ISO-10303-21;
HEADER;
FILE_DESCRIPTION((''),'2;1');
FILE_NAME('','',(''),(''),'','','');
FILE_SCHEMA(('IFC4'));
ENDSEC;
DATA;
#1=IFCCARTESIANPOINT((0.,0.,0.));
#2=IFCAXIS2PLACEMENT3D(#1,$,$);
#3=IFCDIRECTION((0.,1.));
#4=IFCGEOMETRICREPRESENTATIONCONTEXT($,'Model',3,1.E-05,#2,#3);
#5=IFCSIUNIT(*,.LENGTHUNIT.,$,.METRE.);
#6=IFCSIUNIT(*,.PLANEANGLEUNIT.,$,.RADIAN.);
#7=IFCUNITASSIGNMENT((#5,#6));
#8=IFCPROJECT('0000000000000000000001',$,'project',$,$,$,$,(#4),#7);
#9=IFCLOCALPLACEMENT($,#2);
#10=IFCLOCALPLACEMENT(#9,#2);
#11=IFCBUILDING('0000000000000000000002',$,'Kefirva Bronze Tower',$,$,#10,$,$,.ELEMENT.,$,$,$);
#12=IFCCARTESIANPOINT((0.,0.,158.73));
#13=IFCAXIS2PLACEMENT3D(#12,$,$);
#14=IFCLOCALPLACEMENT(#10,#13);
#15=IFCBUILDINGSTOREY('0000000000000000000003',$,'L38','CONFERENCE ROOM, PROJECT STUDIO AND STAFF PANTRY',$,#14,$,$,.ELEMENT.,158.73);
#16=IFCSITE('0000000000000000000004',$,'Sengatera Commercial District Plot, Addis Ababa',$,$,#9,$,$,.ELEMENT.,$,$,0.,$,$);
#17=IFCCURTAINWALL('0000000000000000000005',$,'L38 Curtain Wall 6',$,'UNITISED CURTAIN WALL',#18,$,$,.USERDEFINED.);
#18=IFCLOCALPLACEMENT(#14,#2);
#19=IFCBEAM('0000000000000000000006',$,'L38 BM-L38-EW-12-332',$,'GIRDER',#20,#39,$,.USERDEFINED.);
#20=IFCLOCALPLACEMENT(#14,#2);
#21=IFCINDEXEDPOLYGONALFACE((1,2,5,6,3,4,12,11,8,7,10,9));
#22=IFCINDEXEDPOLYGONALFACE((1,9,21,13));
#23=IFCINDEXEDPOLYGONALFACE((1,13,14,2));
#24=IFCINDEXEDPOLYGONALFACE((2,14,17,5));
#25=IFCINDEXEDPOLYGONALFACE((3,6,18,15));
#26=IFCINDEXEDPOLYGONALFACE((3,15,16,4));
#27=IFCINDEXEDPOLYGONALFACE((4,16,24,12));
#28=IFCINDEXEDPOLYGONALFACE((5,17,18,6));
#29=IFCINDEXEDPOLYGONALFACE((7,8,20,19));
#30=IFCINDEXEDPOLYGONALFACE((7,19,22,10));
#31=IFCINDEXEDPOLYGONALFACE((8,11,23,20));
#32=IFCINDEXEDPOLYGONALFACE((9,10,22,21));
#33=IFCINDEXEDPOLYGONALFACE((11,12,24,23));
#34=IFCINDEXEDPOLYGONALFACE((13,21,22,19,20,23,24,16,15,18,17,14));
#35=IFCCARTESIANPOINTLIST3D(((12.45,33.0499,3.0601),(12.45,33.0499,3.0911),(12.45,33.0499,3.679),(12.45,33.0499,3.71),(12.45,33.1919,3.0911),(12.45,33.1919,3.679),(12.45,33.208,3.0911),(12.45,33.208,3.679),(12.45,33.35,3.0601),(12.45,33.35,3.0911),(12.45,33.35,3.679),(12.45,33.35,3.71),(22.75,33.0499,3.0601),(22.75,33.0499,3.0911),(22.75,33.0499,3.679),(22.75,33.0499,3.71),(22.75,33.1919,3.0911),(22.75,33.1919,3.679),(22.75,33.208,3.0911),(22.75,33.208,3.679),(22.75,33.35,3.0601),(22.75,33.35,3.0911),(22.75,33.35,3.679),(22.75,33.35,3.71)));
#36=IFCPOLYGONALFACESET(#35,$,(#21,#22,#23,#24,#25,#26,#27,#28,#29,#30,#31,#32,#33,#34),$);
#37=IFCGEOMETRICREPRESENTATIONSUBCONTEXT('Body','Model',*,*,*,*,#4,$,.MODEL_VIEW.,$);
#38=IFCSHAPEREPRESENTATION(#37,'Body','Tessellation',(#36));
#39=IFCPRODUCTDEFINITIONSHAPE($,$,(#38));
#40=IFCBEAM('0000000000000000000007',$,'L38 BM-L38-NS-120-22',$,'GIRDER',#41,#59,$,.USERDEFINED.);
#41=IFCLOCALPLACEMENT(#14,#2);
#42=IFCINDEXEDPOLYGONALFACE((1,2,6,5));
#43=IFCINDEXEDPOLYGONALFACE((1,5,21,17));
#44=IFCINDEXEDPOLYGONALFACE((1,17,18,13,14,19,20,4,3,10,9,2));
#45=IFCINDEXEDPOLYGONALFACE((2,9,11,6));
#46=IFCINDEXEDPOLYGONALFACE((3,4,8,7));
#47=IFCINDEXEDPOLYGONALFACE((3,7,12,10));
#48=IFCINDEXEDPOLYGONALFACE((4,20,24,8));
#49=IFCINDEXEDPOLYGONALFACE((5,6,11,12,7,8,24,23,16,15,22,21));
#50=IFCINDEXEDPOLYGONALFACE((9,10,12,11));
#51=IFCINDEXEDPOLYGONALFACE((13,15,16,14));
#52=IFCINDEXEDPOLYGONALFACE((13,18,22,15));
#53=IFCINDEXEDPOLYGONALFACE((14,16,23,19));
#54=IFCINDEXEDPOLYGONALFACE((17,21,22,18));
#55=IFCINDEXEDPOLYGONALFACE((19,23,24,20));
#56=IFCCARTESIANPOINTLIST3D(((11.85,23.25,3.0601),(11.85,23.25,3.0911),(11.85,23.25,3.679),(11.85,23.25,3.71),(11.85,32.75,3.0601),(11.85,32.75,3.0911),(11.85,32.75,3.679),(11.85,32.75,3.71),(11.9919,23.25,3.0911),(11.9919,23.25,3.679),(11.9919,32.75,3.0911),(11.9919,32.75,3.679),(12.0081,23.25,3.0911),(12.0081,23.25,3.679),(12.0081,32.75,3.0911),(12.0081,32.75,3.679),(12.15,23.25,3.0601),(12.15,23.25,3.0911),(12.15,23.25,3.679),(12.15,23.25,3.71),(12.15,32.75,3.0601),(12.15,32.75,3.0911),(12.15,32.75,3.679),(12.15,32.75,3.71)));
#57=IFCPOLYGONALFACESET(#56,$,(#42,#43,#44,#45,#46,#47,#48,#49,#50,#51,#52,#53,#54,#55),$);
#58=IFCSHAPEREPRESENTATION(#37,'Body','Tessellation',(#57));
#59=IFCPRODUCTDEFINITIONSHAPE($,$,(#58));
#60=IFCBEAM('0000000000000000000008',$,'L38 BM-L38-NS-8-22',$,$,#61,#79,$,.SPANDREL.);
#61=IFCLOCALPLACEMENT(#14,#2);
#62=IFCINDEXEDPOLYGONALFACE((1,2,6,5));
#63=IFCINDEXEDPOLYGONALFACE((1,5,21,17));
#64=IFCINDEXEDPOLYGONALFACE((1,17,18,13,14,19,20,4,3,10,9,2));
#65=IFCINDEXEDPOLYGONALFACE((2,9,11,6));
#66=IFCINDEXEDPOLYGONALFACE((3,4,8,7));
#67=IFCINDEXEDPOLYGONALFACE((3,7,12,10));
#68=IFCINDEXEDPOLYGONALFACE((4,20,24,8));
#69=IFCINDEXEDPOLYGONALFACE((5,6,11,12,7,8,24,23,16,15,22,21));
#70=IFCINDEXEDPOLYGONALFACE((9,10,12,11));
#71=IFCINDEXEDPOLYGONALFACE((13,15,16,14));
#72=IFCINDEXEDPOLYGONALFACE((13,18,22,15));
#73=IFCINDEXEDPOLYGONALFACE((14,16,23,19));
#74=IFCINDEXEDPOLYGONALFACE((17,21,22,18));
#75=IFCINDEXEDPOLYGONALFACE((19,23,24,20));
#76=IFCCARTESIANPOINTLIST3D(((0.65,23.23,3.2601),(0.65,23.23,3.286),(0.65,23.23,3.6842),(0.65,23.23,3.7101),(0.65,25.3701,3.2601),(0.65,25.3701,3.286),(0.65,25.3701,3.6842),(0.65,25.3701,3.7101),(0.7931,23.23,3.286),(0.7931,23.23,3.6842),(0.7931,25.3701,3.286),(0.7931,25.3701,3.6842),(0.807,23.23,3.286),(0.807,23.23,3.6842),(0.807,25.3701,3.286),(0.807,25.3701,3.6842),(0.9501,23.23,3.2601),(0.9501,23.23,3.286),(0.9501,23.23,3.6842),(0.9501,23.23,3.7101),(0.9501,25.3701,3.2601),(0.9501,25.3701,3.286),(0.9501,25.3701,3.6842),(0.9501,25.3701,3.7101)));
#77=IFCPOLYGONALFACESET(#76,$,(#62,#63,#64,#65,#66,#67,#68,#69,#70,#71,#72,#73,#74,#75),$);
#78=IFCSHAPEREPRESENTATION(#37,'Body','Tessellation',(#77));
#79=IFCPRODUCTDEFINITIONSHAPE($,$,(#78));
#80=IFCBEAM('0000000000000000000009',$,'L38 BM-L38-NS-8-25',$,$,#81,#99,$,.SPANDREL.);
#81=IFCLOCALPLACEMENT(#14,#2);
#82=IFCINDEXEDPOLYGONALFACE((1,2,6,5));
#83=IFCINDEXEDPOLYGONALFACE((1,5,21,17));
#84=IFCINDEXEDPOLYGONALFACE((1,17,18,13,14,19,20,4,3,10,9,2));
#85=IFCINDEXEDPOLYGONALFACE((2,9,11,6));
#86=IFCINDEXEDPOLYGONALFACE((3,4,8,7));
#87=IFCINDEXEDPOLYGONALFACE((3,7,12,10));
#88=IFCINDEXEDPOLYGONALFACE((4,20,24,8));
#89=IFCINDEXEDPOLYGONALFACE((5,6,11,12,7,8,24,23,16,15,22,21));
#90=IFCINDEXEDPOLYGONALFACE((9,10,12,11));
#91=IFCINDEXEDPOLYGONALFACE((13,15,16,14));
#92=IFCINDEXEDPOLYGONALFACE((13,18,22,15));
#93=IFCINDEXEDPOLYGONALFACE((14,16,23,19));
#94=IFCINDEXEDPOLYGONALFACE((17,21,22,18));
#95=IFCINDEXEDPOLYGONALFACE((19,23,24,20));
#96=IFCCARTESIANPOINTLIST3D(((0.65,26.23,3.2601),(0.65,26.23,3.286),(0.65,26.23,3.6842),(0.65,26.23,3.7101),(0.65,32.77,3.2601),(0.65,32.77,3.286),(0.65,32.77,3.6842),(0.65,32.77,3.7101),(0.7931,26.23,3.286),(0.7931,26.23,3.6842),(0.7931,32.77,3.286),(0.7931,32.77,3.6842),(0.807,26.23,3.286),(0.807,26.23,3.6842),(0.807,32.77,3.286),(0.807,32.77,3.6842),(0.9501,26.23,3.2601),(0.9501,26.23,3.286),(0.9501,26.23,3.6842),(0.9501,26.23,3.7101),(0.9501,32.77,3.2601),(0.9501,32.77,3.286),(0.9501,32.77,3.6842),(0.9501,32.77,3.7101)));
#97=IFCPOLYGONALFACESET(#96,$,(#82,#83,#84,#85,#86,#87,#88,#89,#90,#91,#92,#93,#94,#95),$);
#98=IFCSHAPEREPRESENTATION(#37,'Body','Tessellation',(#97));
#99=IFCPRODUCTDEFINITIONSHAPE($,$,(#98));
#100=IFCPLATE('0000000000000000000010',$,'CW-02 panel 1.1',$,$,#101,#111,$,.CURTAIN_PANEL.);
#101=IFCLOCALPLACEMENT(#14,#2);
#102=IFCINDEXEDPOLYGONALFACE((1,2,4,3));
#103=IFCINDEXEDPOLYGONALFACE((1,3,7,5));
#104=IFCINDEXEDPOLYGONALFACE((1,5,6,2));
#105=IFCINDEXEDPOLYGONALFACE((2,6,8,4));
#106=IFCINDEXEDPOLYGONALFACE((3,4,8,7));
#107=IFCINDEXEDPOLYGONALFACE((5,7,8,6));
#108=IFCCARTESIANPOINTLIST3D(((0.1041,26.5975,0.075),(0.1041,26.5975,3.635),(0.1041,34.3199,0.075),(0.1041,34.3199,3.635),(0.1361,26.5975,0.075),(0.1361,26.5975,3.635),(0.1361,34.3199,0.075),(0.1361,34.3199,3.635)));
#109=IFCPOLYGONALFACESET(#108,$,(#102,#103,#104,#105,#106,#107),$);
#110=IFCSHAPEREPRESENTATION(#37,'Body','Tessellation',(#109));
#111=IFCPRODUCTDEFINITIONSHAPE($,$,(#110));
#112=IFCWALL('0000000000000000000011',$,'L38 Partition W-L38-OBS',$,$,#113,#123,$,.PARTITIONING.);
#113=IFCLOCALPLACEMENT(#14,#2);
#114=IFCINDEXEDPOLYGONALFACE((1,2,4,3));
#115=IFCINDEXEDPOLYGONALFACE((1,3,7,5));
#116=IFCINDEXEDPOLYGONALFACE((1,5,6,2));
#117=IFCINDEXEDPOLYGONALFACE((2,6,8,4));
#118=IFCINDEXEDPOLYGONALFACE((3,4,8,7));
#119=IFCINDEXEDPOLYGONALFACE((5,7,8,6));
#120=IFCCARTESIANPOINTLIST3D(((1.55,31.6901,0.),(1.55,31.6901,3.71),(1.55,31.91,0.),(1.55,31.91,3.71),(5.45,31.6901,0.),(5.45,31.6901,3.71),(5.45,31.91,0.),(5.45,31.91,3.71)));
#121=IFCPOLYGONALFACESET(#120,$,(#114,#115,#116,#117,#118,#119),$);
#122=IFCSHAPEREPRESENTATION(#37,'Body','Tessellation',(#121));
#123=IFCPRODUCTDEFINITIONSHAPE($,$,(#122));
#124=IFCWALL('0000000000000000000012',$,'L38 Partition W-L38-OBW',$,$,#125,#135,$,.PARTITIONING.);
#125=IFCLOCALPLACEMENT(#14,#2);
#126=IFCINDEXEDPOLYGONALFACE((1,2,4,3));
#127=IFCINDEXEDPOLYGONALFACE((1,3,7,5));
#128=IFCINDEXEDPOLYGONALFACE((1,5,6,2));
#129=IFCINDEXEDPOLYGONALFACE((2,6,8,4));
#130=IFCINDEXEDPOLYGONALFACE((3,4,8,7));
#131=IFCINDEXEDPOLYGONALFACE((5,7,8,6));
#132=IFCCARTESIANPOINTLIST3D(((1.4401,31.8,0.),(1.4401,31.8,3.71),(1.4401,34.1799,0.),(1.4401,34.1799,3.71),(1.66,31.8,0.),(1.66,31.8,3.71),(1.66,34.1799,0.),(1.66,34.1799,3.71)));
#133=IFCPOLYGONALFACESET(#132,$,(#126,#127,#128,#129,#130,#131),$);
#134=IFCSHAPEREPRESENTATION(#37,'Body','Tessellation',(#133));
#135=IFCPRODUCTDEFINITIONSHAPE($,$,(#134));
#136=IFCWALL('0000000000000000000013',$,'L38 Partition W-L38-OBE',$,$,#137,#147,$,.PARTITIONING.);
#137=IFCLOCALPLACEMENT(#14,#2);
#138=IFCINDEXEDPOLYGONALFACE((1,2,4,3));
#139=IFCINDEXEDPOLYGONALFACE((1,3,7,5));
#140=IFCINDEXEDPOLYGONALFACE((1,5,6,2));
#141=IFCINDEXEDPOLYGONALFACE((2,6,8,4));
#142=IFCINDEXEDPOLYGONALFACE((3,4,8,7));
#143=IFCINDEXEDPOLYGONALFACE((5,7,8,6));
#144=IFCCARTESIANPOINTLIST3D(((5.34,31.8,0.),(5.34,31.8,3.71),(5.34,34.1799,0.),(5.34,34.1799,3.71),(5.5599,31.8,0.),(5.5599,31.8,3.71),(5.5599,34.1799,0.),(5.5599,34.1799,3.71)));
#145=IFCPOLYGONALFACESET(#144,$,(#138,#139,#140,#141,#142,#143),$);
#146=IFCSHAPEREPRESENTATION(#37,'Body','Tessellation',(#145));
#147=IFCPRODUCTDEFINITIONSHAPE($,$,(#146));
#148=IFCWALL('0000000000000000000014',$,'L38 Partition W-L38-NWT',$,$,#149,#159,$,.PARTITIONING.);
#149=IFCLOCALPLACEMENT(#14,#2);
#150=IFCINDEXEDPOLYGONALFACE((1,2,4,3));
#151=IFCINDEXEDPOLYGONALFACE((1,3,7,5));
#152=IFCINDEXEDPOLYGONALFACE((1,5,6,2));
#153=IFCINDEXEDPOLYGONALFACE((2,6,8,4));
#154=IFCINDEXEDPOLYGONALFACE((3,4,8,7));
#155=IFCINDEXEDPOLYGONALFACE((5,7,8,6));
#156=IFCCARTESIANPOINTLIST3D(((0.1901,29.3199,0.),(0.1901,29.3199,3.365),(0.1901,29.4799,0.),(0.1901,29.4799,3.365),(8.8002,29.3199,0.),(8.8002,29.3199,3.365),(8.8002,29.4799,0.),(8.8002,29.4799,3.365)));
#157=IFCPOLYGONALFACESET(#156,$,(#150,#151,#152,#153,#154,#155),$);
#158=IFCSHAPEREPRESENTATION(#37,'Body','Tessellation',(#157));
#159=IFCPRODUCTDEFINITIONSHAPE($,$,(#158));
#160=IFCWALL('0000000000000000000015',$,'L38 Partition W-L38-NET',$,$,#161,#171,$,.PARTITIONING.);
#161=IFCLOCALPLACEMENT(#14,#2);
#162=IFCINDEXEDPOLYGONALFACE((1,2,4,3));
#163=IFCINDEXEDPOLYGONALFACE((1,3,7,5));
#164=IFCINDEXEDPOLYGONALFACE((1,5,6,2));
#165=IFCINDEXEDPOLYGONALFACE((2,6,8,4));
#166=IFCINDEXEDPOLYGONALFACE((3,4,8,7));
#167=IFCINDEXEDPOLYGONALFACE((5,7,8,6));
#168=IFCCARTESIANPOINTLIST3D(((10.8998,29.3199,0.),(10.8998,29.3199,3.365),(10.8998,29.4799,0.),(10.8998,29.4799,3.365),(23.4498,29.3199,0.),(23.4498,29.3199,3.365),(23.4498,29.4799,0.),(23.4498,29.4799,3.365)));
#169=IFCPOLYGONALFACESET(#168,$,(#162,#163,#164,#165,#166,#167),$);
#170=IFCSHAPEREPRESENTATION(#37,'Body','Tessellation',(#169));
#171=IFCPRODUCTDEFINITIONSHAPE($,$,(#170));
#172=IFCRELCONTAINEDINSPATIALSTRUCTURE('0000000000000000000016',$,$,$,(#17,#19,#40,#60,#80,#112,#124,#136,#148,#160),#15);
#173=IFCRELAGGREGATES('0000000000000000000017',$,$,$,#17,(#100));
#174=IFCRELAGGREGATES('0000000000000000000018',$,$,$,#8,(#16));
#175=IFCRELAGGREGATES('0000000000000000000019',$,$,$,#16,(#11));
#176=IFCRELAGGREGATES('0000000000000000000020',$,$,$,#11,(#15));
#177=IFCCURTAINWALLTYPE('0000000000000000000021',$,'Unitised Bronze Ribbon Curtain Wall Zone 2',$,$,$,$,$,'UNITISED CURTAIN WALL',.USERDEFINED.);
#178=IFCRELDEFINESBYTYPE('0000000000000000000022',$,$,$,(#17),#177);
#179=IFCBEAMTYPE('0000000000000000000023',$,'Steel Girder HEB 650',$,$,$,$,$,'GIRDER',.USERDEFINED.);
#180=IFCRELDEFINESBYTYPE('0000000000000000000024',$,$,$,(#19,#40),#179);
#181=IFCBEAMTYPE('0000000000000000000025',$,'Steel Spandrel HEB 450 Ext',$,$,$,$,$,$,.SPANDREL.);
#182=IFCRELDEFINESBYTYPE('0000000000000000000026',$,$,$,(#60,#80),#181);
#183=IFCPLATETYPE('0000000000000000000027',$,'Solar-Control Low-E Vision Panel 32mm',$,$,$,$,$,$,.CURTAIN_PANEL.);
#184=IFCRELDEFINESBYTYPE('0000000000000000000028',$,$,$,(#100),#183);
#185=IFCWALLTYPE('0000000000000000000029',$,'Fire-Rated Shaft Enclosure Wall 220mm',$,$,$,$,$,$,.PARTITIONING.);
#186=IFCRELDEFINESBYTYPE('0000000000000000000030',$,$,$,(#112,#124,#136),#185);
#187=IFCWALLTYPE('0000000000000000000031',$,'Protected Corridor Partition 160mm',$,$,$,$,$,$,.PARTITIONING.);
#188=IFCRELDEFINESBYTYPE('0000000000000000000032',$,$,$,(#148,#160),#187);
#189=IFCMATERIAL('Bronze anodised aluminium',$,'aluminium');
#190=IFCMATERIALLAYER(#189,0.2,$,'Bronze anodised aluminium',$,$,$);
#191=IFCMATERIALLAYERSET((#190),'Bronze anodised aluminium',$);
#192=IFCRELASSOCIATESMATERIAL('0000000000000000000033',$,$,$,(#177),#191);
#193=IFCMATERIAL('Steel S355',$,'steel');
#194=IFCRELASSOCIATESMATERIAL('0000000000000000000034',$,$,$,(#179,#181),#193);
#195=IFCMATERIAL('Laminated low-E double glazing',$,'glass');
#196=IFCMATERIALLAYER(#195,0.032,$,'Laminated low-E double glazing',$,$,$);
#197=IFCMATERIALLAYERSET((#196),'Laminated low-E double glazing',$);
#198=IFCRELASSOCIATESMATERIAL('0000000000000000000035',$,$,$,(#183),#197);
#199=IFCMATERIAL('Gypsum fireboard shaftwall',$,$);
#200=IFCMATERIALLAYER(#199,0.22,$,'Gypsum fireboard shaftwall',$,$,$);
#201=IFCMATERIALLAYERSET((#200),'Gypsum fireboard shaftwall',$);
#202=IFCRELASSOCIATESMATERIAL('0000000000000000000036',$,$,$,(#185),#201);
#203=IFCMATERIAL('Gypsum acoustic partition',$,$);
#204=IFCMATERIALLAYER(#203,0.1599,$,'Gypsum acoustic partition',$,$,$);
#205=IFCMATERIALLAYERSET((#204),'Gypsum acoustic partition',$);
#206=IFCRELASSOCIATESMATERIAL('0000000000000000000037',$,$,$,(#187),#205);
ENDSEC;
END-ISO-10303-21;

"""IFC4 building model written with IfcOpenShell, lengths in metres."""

from ifc_helpers import new_model, si_unit, direction, frame, frame_2d, origin, origin_2d, place, context, subcontext, project, spatial, rectangle, i_section, extrude, material, layer, layer_set, material_profile, profile_set, type_object, element, aggregate, save


model = new_model("IFC4")

# Units and contexts
model_context = context("Model", 3, precision=1e-05, world=origin(), true_north=direction((0.0, 1.0)))
body_context = subcontext(model_context, "Body", "Model", "MODEL_VIEW")
ifc_project = project(units=[si_unit("LENGTHUNIT", "METRE"), si_unit("PLANEANGLEUNIT", "RADIAN")], contexts=[model_context])

# Site, building, storey
site_placement = place(None, origin())
site = spatial("IfcSite", under=ifc_project, at=site_placement, Name="Sengatera Commercial District Plot, Addis Ababa", CompositionType="ELEMENT", RefElevation=0.0)
building_placement = place(site_placement, origin())
building = spatial("IfcBuilding", under=site, at=building_placement, Name="Kefirva Bronze Tower", CompositionType="ELEMENT")
storey_placement = place(building_placement, frame((0.0, 0.0, 158.73)))
storey = spatial("IfcBuildingStorey", under=building, at=storey_placement, Name="L38", Description="CONFERENCE ROOM, PROJECT STUDIO AND STAFF PANTRY", CompositionType="ELEMENT", Elevation=158.73)

# Curtain wall
ifc_material_1 = material(Name="Bronze anodised aluminium", Category="aluminium")
ifc_layer_1 = layer(ifc_material_1, 0.2, Name="Bronze anodised aluminium")
ifc_layer_set_1 = layer_set([ifc_layer_1], Name="Bronze anodised aluminium")
curtain_wall_type = type_object("IfcCurtainWallType", Name="Unitised Bronze Ribbon Curtain Wall Zone 2", ElementType="UNITISED CURTAIN WALL", PredefinedType="USERDEFINED", material=ifc_layer_set_1)
curtain_wall_placement = place(storey_placement, origin())
curtain_wall = element("IfcCurtainWall", 1, at=curtain_wall_placement, inside=storey, type_object=curtain_wall_type, Name="L38 Curtain Wall 6", ObjectType="UNITISED CURTAIN WALL", PredefinedType="USERDEFINED")

# Beams
ifc_material_2 = material(Name="Steel S355", Category="steel")
ifc_material_profile_1 = material_profile(ifc_material_2, i_section(OverallWidth=0.3, OverallDepth=0.6499, WebThickness=0.0161, FlangeThickness=0.031, at=origin_2d()), Name="HEB 650")
ifc_profile_set_1 = profile_set([ifc_material_profile_1], Name="Steel S355")
beam_type_1 = type_object("IfcBeamType", Name="Steel Girder HEB 650", ElementType="GIRDER", PredefinedType="USERDEFINED", material=ifc_profile_set_1)
beam_1_placement = place(storey_placement, frame((12.45, 33.2, 3.385), z_axis=(1.0, 0.0, 0.0), x_axis=(0.0, 1.0, 0.0)))
element("IfcBeam", 2, at=beam_1_placement, inside=storey, type_object=beam_type_1, Name="L38 BM-L38-EW-12-332", ObjectType="GIRDER", PredefinedType="USERDEFINED", context=body_context, shape_type="SweptSolid", body=[
    extrude(i_section(OverallWidth=0.3, OverallDepth=0.6499, WebThickness=0.0161, FlangeThickness=0.031, at=origin_2d()), origin(), (0.0, 0.0, 1.0), 10.3),
])
beam_2_placement = place(storey_placement, frame((12.0, 23.25, 3.385), z_axis=(0.0, 1.0, 0.0), x_axis=(-1.0, 0.0, 0.0)))
element("IfcBeam", 3, at=beam_2_placement, inside=storey, type_object=beam_type_1, Name="L38 BM-L38-NS-120-22", ObjectType="GIRDER", PredefinedType="USERDEFINED", context=body_context, shape_type="SweptSolid", body=[
    extrude(i_section(OverallWidth=0.3, OverallDepth=0.6499, WebThickness=0.0161, FlangeThickness=0.031, at=origin_2d()), origin(), (0.0, 0.0, 1.0), 9.5),
])
ifc_material_profile_2 = material_profile(ifc_material_2, i_section(OverallWidth=0.3, OverallDepth=0.45, WebThickness=0.0139, FlangeThickness=0.0259, at=origin_2d()), Name="HEB 450")
ifc_profile_set_2 = profile_set([ifc_material_profile_2], Name="Steel S355")
beam_type_2 = type_object("IfcBeamType", Name="Steel Spandrel HEB 450 Ext", PredefinedType="SPANDREL", material=ifc_profile_set_2)
beam_3_placement = place(storey_placement, frame((0.8, 23.23, 3.4851), z_axis=(0.0, 1.0, 0.0), x_axis=(-1.0, 0.0, 0.0)))
element("IfcBeam", 4, at=beam_3_placement, inside=storey, type_object=beam_type_2, Name="L38 BM-L38-NS-8-22", PredefinedType="SPANDREL", context=body_context, shape_type="SweptSolid", body=[
    extrude(i_section(OverallWidth=0.3, OverallDepth=0.45, WebThickness=0.0139, FlangeThickness=0.0259, at=origin_2d()), origin(), (0.0, 0.0, 1.0), 2.1401),
])
beam_4_placement = place(storey_placement, frame((0.8, 26.23, 3.4851), z_axis=(0.0, 1.0, 0.0), x_axis=(-1.0, 0.0, 0.0)))
element("IfcBeam", 5, at=beam_4_placement, inside=storey, type_object=beam_type_2, Name="L38 BM-L38-NS-8-25", PredefinedType="SPANDREL", context=body_context, shape_type="SweptSolid", body=[
    extrude(i_section(OverallWidth=0.3, OverallDepth=0.45, WebThickness=0.0139, FlangeThickness=0.0259, at=origin_2d()), origin(), (0.0, 0.0, 1.0), 6.54),
])

# Plate
ifc_material_3 = material(Name="Laminated low-E double glazing", Category="glass")
ifc_layer_2 = layer(ifc_material_3, 0.032, Name="Laminated low-E double glazing")
ifc_layer_set_2 = layer_set([ifc_layer_2], Name="Laminated low-E double glazing")
plate_type = type_object("IfcPlateType", Name="Solar-Control Low-E Vision Panel 32mm", PredefinedType="CURTAIN_PANEL", material=ifc_layer_set_2)
plate_placement = place(storey_placement, frame((0.1201, 30.4587, 0.075), z_axis=(0.0, 0.0, 1.0), x_axis=(0.0, -1.0, 0.0)))
plate = element("IfcPlate", 6, at=plate_placement, type_object=plate_type, Name="CW-02 panel 1.1", PredefinedType="CURTAIN_PANEL", context=body_context, shape_type="SweptSolid", body=[
    extrude(rectangle(XDim=7.7224, YDim=0.032, at=origin_2d()), origin(), (0.0, 0.0, 1.0), 3.5601),
])
aggregate(curtain_wall, [plate])

# Walls
ifc_material_4 = material(Name="Gypsum fireboard shaftwall")
ifc_layer_3 = layer(ifc_material_4, 0.22, Name="Gypsum fireboard shaftwall")
ifc_layer_set_3 = layer_set([ifc_layer_3], Name="Gypsum fireboard shaftwall")
wall_type_1 = type_object("IfcWallType", Name="Fire-Rated Shaft Enclosure Wall 220mm", PredefinedType="PARTITIONING", material=ifc_layer_set_3)
wall_1_placement = place(storey_placement, frame((1.55, 31.8, 0.0), z_axis=(0.0, 0.0, 1.0), x_axis=(1.0, 0.0, 0.0)))
element("IfcWall", 7, at=wall_1_placement, inside=storey, type_object=wall_type_1, Name="L38 Partition W-L38-OBS", PredefinedType="PARTITIONING", context=body_context, shape_type="SweptSolid", body=[
    extrude(rectangle(XDim=3.8999, YDim=0.22, at=frame_2d((1.95, 0.0))), origin(), (0.0, 0.0, 1.0), 3.71),
])
for number, where, z_axis, x_axis, name in (
    (8, (1.55, 31.8, 0.0), (0.0, 0.0, 1.0), (0.0, 1.0, 0.0), "L38 Partition W-L38-OBW"),
    (9, (5.45, 31.8, 0.0), (0.0, 0.0, 1.0), (0.0, 1.0, 0.0), "L38 Partition W-L38-OBE"),
):
    element("IfcWall", number, at=place(storey_placement, frame(where, z_axis=z_axis, x_axis=x_axis)), inside=storey, type_object=wall_type_1, Name=name, PredefinedType="PARTITIONING", context=body_context, shape_type="SweptSolid", body=[
        extrude(rectangle(XDim=2.3799, YDim=0.22, at=frame_2d((1.1899, 0.0))), origin(), (0.0, 0.0, 1.0), 3.71),
    ])
ifc_material_5 = material(Name="Gypsum acoustic partition")
ifc_layer_4 = layer(ifc_material_5, 0.1599, Name="Gypsum acoustic partition")
ifc_layer_set_4 = layer_set([ifc_layer_4], Name="Gypsum acoustic partition")
wall_type_2 = type_object("IfcWallType", Name="Protected Corridor Partition 160mm", PredefinedType="PARTITIONING", material=ifc_layer_set_4)
wall_2_placement = place(storey_placement, frame((0.1899, 29.3999, 0.0), z_axis=(0.0, 0.0, 1.0), x_axis=(1.0, 0.0, 0.0)))
element("IfcWall", 10, at=wall_2_placement, inside=storey, type_object=wall_type_2, Name="L38 Partition W-L38-NWT", PredefinedType="PARTITIONING", context=body_context, shape_type="SweptSolid", body=[
    extrude(rectangle(XDim=8.6101, YDim=0.1599, at=frame_2d((4.3052, 0.0))), origin(), (0.0, 0.0, 1.0), 3.365),
])
wall_3_placement = place(storey_placement, frame((10.8999, 29.3999, 0.0), z_axis=(0.0, 0.0, 1.0), x_axis=(1.0, 0.0, 0.0)))
element("IfcWall", 11, at=wall_3_placement, inside=storey, type_object=wall_type_2, Name="L38 Partition W-L38-NET", PredefinedType="PARTITIONING", context=body_context, shape_type="SweptSolid", body=[
    extrude(rectangle(XDim=12.55, YDim=0.1599, at=frame_2d((6.2749, 0.0))), origin(), (0.0, 0.0, 1.0), 3.365),
])

save(model, "model.ifc")
